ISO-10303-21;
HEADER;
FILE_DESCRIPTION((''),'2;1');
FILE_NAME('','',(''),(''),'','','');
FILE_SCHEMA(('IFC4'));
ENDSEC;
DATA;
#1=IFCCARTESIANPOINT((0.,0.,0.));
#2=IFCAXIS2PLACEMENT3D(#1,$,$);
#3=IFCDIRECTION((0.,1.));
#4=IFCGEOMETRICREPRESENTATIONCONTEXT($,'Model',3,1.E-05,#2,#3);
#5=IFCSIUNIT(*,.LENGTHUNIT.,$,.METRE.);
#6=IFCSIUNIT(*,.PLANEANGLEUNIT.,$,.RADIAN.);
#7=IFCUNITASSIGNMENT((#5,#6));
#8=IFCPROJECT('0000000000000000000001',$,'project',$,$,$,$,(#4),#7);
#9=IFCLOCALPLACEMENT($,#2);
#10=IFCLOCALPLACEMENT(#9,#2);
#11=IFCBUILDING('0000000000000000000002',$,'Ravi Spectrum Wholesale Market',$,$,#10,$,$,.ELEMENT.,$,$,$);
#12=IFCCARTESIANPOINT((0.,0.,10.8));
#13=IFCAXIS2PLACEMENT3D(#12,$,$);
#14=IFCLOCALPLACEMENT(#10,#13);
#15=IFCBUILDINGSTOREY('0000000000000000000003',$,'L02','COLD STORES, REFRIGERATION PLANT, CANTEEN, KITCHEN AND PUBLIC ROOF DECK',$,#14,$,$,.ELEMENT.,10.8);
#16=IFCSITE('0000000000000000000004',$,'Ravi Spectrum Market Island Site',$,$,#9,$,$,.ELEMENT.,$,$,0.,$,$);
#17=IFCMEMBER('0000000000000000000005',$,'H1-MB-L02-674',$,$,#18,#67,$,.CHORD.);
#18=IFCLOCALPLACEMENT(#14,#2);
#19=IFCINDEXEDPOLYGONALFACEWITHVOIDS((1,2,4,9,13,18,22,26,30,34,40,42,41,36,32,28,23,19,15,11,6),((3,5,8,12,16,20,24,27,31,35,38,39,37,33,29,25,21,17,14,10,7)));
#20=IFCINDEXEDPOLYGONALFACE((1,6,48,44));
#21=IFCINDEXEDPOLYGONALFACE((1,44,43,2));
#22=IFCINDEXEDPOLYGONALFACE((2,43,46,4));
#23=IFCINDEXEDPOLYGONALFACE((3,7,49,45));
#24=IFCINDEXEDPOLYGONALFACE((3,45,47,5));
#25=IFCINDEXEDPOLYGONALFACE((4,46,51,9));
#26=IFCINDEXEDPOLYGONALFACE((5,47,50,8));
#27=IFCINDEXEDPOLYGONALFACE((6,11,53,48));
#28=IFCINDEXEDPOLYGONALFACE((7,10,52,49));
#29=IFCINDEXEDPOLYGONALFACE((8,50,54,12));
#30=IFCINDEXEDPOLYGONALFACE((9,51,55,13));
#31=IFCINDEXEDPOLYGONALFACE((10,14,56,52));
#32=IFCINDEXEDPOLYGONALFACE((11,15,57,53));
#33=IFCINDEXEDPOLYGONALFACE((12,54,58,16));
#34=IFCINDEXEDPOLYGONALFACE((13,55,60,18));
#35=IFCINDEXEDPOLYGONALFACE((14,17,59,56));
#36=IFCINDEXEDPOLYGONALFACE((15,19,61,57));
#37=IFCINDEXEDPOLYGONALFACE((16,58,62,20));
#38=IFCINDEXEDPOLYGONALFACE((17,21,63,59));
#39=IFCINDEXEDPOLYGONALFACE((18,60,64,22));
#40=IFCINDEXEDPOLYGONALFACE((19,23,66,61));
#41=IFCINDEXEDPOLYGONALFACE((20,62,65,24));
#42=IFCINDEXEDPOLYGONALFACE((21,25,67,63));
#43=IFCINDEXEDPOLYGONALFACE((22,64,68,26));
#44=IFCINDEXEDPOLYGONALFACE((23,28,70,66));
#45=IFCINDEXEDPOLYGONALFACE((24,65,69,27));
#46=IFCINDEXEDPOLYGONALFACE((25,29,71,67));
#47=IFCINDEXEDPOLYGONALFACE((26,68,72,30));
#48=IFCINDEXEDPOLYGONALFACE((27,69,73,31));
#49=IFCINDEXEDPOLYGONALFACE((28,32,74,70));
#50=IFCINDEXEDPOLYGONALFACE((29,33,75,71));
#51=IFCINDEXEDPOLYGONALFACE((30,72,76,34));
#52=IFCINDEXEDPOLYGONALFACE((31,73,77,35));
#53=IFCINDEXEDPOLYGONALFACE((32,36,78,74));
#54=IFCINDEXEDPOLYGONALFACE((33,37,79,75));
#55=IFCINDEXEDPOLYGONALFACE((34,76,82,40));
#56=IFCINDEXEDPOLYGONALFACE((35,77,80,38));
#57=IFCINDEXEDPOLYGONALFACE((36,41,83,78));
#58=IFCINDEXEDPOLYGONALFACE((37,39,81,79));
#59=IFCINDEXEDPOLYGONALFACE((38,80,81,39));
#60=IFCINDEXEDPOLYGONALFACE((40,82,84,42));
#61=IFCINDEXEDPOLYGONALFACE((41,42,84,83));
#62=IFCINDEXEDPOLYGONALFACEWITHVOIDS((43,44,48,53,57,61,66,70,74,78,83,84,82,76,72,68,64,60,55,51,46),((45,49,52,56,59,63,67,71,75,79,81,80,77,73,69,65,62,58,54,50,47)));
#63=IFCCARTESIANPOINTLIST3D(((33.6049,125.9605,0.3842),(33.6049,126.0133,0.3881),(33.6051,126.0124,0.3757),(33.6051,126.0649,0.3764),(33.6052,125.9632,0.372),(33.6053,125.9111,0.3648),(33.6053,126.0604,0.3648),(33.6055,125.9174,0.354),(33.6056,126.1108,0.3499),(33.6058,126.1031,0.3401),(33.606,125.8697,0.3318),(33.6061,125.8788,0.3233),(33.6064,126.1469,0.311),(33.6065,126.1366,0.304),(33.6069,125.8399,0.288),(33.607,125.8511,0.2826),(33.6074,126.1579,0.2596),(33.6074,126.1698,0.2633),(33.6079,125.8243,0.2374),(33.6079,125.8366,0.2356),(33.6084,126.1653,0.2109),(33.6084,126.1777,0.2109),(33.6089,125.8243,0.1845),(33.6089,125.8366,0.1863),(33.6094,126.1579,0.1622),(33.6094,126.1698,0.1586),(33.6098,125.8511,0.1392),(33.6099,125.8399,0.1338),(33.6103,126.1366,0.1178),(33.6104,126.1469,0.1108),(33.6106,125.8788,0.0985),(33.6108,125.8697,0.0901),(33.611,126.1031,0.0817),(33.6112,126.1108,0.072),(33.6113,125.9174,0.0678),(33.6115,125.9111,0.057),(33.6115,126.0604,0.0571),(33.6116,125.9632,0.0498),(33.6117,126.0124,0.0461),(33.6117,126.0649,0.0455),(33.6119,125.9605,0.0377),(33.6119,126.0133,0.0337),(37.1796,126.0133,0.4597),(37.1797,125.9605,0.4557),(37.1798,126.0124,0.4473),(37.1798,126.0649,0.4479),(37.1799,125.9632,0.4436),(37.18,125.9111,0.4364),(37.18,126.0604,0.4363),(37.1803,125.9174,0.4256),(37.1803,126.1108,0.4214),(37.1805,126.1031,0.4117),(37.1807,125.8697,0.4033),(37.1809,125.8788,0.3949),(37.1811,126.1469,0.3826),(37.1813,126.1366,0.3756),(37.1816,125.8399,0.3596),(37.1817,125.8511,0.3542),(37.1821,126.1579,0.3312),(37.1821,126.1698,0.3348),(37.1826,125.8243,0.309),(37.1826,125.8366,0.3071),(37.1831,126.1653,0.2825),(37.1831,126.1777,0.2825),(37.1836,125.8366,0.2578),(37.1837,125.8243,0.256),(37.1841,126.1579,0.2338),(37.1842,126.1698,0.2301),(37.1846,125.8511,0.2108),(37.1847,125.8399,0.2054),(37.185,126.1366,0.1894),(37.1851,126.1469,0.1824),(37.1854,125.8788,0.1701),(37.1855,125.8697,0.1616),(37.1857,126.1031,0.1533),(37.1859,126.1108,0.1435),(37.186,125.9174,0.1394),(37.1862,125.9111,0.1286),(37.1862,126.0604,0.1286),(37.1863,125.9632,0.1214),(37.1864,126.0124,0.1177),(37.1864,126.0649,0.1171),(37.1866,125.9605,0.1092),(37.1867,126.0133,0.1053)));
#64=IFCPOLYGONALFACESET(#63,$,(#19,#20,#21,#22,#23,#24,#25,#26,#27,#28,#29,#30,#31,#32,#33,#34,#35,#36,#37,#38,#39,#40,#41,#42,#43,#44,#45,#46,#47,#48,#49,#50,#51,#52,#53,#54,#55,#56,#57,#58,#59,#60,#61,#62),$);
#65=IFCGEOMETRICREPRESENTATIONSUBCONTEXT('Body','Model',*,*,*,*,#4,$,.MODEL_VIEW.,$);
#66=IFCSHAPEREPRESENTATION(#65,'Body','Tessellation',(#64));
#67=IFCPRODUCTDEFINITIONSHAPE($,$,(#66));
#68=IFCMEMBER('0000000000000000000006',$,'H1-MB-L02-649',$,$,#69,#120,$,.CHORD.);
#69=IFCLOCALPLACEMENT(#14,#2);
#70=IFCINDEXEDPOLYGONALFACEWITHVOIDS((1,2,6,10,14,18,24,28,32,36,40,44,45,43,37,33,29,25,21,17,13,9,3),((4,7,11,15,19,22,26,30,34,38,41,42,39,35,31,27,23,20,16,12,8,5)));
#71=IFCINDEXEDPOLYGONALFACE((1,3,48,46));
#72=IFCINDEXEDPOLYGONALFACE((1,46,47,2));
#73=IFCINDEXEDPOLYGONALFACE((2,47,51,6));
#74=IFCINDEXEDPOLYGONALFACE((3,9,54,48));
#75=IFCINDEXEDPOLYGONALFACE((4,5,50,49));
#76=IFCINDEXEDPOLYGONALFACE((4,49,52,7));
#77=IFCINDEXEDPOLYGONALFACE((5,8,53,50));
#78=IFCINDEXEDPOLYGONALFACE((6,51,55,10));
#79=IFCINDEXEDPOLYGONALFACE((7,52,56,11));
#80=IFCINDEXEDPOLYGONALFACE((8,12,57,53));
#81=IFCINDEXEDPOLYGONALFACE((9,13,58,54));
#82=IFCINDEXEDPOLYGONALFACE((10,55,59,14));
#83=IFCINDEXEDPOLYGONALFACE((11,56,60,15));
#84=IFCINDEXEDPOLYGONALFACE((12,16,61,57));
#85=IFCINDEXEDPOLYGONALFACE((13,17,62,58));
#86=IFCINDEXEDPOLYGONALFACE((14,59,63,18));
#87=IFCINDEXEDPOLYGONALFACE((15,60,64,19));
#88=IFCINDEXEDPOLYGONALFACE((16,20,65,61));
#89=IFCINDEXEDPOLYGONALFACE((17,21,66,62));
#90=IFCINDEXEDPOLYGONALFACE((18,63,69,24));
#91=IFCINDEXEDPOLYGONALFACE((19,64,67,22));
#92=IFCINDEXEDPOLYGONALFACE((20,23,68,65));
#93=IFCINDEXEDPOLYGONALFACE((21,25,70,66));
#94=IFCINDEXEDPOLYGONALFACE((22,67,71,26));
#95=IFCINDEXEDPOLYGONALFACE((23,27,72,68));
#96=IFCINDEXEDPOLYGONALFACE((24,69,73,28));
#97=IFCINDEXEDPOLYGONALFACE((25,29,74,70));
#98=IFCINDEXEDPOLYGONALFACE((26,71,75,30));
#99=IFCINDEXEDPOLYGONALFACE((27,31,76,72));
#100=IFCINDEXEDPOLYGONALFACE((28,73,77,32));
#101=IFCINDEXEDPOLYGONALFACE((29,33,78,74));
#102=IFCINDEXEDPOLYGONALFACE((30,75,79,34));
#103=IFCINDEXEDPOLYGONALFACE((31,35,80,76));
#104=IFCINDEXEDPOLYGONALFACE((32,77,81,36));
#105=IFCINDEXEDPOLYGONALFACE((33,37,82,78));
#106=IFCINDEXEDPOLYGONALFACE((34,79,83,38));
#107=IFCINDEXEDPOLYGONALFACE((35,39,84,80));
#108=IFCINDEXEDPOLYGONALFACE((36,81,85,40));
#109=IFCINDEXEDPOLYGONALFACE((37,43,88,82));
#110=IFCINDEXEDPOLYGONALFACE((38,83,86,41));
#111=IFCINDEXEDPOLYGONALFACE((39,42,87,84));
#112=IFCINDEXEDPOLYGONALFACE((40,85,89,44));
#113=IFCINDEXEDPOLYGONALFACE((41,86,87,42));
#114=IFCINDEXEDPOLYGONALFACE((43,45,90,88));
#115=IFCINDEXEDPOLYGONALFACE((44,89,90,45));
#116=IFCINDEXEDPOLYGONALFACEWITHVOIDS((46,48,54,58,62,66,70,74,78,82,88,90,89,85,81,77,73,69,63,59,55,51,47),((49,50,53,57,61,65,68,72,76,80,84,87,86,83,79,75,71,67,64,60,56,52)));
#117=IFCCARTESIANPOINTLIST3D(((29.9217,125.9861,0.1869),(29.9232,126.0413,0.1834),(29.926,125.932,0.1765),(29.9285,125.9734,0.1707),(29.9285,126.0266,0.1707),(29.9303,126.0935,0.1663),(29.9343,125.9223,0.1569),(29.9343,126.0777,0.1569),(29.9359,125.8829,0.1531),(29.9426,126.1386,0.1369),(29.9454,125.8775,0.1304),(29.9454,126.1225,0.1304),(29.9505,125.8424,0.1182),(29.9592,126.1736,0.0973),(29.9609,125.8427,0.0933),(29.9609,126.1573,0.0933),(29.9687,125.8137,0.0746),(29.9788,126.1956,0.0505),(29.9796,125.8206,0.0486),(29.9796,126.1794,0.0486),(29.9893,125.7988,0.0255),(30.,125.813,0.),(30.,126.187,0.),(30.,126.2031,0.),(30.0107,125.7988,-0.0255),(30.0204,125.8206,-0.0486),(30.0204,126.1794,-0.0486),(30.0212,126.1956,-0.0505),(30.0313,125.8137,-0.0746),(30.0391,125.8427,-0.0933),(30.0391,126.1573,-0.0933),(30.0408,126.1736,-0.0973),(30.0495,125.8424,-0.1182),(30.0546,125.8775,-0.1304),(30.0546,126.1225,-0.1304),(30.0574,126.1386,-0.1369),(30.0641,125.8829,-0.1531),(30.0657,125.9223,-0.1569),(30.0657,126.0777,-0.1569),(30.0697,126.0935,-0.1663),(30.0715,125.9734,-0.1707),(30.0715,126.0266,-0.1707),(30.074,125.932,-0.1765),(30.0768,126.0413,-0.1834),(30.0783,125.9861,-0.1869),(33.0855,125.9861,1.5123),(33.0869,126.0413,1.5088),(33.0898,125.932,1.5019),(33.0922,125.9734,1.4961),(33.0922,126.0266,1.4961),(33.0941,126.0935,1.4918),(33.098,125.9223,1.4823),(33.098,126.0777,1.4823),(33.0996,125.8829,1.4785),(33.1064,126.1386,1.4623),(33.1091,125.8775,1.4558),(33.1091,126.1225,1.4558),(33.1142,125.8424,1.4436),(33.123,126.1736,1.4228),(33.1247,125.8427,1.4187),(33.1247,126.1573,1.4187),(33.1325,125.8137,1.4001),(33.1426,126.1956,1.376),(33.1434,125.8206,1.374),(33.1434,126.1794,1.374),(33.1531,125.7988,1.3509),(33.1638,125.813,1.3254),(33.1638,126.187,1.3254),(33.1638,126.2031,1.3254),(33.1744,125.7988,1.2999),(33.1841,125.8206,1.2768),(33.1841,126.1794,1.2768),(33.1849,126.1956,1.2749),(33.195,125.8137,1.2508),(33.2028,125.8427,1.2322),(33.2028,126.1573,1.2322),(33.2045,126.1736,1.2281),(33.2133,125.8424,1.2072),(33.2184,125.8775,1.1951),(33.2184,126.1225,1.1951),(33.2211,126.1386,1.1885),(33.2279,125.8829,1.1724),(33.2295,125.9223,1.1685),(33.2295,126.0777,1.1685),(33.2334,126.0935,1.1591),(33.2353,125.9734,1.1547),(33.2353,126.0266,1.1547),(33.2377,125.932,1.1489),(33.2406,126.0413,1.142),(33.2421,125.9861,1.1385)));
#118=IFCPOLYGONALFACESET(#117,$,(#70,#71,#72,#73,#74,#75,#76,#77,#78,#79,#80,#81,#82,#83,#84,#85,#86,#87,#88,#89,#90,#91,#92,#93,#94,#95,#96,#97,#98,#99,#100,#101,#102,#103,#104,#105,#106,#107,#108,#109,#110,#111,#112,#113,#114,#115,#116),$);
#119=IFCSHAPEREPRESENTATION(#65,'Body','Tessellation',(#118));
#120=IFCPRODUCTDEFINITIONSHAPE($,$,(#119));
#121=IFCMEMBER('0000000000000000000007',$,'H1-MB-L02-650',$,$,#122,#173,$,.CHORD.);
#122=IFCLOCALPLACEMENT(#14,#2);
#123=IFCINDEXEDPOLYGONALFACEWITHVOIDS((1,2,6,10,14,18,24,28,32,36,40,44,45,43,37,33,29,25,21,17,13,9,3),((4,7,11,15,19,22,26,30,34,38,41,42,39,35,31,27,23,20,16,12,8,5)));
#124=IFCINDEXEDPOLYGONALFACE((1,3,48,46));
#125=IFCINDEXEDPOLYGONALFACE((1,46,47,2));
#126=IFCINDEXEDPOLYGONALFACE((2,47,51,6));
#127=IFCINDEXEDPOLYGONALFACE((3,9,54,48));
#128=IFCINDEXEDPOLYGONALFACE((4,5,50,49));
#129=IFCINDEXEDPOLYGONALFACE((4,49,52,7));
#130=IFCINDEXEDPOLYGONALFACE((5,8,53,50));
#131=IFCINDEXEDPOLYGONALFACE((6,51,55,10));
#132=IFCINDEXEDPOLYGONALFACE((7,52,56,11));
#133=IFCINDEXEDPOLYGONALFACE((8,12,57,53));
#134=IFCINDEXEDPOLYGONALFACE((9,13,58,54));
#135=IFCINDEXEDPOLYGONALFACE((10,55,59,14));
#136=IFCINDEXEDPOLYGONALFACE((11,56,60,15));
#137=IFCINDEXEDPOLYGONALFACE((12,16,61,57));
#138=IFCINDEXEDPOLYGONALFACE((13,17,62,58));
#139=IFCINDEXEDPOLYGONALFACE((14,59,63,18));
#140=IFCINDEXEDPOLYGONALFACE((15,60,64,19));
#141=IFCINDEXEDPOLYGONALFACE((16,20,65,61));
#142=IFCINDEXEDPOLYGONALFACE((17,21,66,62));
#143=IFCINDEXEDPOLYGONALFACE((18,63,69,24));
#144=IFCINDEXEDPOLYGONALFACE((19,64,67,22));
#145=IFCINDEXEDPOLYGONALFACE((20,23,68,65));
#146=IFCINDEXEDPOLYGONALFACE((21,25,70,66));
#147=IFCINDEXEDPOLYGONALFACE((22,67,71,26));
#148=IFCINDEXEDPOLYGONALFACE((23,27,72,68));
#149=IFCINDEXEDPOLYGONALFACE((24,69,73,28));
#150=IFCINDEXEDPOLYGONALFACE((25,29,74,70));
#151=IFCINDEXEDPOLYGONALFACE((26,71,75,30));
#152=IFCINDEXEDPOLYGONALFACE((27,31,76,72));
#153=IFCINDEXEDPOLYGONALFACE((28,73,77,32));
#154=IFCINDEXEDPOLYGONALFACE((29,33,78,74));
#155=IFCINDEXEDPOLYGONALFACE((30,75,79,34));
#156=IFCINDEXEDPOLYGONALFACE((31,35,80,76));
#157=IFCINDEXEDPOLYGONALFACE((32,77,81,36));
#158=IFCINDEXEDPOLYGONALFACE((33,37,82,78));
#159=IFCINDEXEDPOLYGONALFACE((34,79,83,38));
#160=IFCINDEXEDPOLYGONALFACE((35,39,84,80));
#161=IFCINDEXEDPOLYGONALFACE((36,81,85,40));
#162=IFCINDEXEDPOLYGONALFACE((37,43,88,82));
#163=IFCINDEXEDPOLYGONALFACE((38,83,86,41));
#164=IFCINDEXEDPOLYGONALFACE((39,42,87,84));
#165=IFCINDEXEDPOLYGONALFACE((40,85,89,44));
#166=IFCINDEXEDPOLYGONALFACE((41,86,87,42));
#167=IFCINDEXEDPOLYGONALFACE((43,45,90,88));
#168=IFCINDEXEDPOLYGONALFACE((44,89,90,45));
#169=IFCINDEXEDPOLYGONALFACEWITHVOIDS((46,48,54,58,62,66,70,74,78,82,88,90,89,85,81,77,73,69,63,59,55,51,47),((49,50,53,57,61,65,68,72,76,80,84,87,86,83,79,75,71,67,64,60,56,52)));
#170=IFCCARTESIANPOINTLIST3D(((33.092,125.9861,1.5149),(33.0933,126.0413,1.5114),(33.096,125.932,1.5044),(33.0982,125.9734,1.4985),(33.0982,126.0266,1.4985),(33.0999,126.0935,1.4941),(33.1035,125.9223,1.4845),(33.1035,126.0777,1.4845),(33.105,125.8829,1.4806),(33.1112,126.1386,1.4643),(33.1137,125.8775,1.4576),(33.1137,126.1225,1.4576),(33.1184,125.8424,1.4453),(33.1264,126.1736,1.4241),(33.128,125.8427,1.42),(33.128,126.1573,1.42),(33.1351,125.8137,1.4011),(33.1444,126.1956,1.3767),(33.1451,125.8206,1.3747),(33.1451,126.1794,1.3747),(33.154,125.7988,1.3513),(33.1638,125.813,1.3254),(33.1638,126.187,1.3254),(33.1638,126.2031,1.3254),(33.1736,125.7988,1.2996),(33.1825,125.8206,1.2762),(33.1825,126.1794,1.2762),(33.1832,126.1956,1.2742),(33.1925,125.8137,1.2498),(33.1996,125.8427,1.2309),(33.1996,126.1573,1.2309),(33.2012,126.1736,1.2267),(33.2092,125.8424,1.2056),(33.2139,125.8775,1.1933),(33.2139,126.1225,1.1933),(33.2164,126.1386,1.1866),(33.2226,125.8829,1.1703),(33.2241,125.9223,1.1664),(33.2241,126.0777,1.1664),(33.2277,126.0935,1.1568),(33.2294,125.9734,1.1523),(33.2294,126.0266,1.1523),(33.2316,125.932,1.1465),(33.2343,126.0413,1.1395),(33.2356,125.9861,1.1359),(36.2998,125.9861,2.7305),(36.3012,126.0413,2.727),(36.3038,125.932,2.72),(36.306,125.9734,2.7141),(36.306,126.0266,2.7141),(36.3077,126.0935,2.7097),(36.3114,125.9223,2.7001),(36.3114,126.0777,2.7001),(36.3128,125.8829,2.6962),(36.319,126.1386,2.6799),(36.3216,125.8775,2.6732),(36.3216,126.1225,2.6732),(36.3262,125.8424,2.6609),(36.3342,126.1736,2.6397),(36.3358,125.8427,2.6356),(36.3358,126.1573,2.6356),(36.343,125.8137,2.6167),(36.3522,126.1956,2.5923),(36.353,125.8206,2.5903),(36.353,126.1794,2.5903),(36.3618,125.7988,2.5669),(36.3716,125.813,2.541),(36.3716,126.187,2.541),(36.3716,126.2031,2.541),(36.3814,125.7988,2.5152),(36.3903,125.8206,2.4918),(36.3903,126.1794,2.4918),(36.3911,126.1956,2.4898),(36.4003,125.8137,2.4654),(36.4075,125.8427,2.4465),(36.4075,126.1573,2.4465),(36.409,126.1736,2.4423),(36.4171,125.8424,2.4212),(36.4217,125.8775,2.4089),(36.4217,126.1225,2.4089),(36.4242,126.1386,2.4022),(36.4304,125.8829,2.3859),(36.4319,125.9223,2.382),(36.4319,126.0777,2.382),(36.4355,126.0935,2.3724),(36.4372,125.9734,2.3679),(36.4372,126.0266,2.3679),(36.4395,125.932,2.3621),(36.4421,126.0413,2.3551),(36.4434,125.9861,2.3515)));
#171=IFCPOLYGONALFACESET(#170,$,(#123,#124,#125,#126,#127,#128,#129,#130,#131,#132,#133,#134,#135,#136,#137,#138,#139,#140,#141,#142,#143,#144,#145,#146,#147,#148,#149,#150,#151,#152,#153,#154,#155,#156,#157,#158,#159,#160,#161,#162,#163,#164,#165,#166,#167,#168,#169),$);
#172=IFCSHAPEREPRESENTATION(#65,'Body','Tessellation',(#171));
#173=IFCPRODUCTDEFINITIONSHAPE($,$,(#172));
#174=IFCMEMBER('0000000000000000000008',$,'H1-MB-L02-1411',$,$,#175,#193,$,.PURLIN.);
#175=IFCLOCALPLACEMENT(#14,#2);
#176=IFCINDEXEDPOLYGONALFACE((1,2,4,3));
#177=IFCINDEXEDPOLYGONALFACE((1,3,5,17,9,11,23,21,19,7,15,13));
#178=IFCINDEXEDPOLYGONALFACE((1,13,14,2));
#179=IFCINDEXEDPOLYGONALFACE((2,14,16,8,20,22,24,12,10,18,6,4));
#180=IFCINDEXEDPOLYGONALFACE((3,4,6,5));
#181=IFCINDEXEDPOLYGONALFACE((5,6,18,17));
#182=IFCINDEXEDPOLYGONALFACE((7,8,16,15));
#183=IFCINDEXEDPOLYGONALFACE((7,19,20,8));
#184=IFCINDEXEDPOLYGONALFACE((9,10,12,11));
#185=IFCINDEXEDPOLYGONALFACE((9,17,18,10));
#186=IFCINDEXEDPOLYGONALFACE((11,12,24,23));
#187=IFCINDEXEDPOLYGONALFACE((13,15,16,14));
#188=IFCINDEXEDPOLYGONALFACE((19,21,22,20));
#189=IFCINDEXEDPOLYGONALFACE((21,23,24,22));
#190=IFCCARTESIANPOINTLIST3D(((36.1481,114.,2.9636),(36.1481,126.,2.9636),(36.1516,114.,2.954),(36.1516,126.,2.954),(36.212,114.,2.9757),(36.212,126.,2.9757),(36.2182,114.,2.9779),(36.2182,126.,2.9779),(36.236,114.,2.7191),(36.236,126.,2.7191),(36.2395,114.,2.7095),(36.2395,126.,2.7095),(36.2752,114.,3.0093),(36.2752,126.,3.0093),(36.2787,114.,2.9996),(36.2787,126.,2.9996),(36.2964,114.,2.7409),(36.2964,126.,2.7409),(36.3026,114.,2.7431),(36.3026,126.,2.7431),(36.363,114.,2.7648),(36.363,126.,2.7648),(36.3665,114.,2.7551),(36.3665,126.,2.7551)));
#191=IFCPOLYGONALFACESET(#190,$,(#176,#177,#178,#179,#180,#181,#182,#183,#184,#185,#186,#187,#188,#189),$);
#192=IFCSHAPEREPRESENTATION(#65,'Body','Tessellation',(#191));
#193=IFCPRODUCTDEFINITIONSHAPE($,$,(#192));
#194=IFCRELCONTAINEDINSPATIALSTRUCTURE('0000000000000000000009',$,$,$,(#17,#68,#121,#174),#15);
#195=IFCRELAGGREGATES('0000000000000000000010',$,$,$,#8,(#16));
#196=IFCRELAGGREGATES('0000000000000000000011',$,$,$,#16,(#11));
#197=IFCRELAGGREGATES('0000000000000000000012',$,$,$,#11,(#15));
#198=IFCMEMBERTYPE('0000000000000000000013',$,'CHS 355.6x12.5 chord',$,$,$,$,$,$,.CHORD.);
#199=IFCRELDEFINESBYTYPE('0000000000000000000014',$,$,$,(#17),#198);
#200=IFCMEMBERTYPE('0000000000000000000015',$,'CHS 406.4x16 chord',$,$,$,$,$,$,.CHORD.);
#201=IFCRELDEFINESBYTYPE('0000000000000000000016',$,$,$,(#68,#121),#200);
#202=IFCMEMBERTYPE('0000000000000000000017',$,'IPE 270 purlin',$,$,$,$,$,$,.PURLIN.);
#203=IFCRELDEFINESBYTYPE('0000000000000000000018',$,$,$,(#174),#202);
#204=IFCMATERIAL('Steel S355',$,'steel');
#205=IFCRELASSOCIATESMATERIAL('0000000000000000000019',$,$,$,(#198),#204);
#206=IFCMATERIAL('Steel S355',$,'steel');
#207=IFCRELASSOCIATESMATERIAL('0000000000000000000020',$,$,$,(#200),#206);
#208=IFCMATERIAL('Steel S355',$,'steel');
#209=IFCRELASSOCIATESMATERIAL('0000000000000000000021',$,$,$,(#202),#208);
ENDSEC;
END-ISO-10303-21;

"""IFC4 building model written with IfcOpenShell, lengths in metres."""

from ifc_helpers import new_model, si_unit, direction, frame, origin, origin_2d, place, context, subcontext, project, spatial, hollow_circle, i_section, extrude, material, material_profile, profile_set, type_object, element, save


model = new_model("IFC4")

# Units and contexts
model_context = context("Model", 3, precision=1e-05, world=origin(), true_north=direction((0.0, 1.0)))
body_context = subcontext(model_context, "Body", "Model", "MODEL_VIEW")
ifc_project = project(units=[si_unit("LENGTHUNIT", "METRE"), si_unit("PLANEANGLEUNIT", "RADIAN")], contexts=[model_context])

# Site, building, storey
site_placement = place(None, origin())
site = spatial("IfcSite", under=ifc_project, at=site_placement, Name="Ravi Spectrum Market Island Site", CompositionType="ELEMENT", RefElevation=0.0)
building_placement = place(site_placement, origin())
building = spatial("IfcBuilding", under=site, at=building_placement, Name="Ravi Spectrum Wholesale Market", CompositionType="ELEMENT")
storey_placement = place(building_placement, frame((0.0, 0.0, 10.8)))
storey = spatial("IfcBuildingStorey", under=building, at=storey_placement, Name="L02", Description="COLD STORES, REFRIGERATION PLANT, CANTEEN, KITCHEN AND PUBLIC ROOF DECK", CompositionType="ELEMENT", Elevation=10.8)

# Members
ifc_material_1 = material(Name="Steel S355", Category="steel")
ifc_material_profile_1 = material_profile(ifc_material_1, hollow_circle(Radius=0.1777, WallThickness=0.0125, at=origin_2d()))
ifc_profile_set_1 = profile_set([ifc_material_profile_1], Name="Steel S355")
member_type_1 = type_object("IfcMemberType", Name="CHS 355.6x12.5 chord", PredefinedType="CHORD", material=ifc_profile_set_1)
member_1_placement = place(storey_placement, frame((33.6084, 126.0, 0.2109), z_axis=(0.9998, 0.0, 0.020007), x_axis=(0.0, 1.0, 0.0)))
element("IfcMember", 1, at=member_1_placement, inside=storey, type_object=member_type_1, Name="H1-MB-L02-674", PredefinedType="CHORD", context=body_context, shape_type="SweptSolid", body=[
    extrude(hollow_circle(Radius=0.1777, WallThickness=0.0125, at=origin_2d()), origin(), (0.0, 0.0, 1.0), 3.5754),
])
ifc_material_2 = material(Name="Steel S355", Category="steel")
ifc_material_profile_2 = material_profile(ifc_material_2, hollow_circle(Radius=0.2031, WallThickness=0.0161, at=origin_2d()))
ifc_profile_set_2 = profile_set([ifc_material_profile_2], Name="Steel S355")
member_type_2 = type_object("IfcMemberType", Name="CHS 406.4x16 chord", PredefinedType="CHORD", material=ifc_profile_set_2)
member_2_placement = place(storey_placement, frame((30.0, 126.0, 0.0), z_axis=(0.922332, 0.0, 0.386399), x_axis=(0.0, 1.0, 0.0)))
element("IfcMember", 2, at=member_2_placement, inside=storey, type_object=member_type_2, Name="H1-MB-L02-649", PredefinedType="CHORD", context=body_context, shape_type="SweptSolid", body=[
    extrude(hollow_circle(Radius=0.2031, WallThickness=0.0161, at=origin_2d()), origin(), (0.0, 0.0, 1.0), 3.4302),
])
member_3_placement = place(storey_placement, frame((33.1638, 126.0, 1.3254), z_axis=(0.93511, 0.0, 0.354358), x_axis=(0.0, 1.0, 0.0)))
element("IfcMember", 3, at=member_3_placement, inside=storey, type_object=member_type_2, Name="H1-MB-L02-650", PredefinedType="CHORD", context=body_context, shape_type="SweptSolid", body=[
    extrude(hollow_circle(Radius=0.2031, WallThickness=0.0161, at=origin_2d()), origin(), (0.0, 0.0, 1.0), 3.4304),
])
ifc_material_3 = material(Name="Steel S355", Category="steel")
ifc_material_profile_3 = material_profile(ifc_material_3, i_section(OverallWidth=0.135, OverallDepth=0.27, WebThickness=0.0066, FlangeThickness=0.0103, at=origin_2d()))
ifc_profile_set_3 = profile_set([ifc_material_profile_3], Name="Steel S355")
member_type_3 = type_object("IfcMemberType", Name="IPE 270 purlin", PredefinedType="PURLIN", material=ifc_profile_set_3)
for number, where, z_axis, x_axis, name in (
    (4, (36.2573, 114.0, 2.8594), (0.0, 1.0, 0.0), (-0.94108, 0.0, -0.338184), "H1-MB-L02-1411"),
):
    element("IfcMember", number, at=place(storey_placement, frame(where, z_axis=z_axis, x_axis=x_axis)), inside=storey, type_object=member_type_3, Name=name, PredefinedType="PURLIN", context=body_context, shape_type="SweptSolid", body=[
        extrude(i_section(OverallWidth=0.135, OverallDepth=0.27, WebThickness=0.0066, FlangeThickness=0.0103, at=origin_2d()), origin(), (0.0, 0.0, 1.0), 12.0),
    ])

save(model, "model.ifc")
